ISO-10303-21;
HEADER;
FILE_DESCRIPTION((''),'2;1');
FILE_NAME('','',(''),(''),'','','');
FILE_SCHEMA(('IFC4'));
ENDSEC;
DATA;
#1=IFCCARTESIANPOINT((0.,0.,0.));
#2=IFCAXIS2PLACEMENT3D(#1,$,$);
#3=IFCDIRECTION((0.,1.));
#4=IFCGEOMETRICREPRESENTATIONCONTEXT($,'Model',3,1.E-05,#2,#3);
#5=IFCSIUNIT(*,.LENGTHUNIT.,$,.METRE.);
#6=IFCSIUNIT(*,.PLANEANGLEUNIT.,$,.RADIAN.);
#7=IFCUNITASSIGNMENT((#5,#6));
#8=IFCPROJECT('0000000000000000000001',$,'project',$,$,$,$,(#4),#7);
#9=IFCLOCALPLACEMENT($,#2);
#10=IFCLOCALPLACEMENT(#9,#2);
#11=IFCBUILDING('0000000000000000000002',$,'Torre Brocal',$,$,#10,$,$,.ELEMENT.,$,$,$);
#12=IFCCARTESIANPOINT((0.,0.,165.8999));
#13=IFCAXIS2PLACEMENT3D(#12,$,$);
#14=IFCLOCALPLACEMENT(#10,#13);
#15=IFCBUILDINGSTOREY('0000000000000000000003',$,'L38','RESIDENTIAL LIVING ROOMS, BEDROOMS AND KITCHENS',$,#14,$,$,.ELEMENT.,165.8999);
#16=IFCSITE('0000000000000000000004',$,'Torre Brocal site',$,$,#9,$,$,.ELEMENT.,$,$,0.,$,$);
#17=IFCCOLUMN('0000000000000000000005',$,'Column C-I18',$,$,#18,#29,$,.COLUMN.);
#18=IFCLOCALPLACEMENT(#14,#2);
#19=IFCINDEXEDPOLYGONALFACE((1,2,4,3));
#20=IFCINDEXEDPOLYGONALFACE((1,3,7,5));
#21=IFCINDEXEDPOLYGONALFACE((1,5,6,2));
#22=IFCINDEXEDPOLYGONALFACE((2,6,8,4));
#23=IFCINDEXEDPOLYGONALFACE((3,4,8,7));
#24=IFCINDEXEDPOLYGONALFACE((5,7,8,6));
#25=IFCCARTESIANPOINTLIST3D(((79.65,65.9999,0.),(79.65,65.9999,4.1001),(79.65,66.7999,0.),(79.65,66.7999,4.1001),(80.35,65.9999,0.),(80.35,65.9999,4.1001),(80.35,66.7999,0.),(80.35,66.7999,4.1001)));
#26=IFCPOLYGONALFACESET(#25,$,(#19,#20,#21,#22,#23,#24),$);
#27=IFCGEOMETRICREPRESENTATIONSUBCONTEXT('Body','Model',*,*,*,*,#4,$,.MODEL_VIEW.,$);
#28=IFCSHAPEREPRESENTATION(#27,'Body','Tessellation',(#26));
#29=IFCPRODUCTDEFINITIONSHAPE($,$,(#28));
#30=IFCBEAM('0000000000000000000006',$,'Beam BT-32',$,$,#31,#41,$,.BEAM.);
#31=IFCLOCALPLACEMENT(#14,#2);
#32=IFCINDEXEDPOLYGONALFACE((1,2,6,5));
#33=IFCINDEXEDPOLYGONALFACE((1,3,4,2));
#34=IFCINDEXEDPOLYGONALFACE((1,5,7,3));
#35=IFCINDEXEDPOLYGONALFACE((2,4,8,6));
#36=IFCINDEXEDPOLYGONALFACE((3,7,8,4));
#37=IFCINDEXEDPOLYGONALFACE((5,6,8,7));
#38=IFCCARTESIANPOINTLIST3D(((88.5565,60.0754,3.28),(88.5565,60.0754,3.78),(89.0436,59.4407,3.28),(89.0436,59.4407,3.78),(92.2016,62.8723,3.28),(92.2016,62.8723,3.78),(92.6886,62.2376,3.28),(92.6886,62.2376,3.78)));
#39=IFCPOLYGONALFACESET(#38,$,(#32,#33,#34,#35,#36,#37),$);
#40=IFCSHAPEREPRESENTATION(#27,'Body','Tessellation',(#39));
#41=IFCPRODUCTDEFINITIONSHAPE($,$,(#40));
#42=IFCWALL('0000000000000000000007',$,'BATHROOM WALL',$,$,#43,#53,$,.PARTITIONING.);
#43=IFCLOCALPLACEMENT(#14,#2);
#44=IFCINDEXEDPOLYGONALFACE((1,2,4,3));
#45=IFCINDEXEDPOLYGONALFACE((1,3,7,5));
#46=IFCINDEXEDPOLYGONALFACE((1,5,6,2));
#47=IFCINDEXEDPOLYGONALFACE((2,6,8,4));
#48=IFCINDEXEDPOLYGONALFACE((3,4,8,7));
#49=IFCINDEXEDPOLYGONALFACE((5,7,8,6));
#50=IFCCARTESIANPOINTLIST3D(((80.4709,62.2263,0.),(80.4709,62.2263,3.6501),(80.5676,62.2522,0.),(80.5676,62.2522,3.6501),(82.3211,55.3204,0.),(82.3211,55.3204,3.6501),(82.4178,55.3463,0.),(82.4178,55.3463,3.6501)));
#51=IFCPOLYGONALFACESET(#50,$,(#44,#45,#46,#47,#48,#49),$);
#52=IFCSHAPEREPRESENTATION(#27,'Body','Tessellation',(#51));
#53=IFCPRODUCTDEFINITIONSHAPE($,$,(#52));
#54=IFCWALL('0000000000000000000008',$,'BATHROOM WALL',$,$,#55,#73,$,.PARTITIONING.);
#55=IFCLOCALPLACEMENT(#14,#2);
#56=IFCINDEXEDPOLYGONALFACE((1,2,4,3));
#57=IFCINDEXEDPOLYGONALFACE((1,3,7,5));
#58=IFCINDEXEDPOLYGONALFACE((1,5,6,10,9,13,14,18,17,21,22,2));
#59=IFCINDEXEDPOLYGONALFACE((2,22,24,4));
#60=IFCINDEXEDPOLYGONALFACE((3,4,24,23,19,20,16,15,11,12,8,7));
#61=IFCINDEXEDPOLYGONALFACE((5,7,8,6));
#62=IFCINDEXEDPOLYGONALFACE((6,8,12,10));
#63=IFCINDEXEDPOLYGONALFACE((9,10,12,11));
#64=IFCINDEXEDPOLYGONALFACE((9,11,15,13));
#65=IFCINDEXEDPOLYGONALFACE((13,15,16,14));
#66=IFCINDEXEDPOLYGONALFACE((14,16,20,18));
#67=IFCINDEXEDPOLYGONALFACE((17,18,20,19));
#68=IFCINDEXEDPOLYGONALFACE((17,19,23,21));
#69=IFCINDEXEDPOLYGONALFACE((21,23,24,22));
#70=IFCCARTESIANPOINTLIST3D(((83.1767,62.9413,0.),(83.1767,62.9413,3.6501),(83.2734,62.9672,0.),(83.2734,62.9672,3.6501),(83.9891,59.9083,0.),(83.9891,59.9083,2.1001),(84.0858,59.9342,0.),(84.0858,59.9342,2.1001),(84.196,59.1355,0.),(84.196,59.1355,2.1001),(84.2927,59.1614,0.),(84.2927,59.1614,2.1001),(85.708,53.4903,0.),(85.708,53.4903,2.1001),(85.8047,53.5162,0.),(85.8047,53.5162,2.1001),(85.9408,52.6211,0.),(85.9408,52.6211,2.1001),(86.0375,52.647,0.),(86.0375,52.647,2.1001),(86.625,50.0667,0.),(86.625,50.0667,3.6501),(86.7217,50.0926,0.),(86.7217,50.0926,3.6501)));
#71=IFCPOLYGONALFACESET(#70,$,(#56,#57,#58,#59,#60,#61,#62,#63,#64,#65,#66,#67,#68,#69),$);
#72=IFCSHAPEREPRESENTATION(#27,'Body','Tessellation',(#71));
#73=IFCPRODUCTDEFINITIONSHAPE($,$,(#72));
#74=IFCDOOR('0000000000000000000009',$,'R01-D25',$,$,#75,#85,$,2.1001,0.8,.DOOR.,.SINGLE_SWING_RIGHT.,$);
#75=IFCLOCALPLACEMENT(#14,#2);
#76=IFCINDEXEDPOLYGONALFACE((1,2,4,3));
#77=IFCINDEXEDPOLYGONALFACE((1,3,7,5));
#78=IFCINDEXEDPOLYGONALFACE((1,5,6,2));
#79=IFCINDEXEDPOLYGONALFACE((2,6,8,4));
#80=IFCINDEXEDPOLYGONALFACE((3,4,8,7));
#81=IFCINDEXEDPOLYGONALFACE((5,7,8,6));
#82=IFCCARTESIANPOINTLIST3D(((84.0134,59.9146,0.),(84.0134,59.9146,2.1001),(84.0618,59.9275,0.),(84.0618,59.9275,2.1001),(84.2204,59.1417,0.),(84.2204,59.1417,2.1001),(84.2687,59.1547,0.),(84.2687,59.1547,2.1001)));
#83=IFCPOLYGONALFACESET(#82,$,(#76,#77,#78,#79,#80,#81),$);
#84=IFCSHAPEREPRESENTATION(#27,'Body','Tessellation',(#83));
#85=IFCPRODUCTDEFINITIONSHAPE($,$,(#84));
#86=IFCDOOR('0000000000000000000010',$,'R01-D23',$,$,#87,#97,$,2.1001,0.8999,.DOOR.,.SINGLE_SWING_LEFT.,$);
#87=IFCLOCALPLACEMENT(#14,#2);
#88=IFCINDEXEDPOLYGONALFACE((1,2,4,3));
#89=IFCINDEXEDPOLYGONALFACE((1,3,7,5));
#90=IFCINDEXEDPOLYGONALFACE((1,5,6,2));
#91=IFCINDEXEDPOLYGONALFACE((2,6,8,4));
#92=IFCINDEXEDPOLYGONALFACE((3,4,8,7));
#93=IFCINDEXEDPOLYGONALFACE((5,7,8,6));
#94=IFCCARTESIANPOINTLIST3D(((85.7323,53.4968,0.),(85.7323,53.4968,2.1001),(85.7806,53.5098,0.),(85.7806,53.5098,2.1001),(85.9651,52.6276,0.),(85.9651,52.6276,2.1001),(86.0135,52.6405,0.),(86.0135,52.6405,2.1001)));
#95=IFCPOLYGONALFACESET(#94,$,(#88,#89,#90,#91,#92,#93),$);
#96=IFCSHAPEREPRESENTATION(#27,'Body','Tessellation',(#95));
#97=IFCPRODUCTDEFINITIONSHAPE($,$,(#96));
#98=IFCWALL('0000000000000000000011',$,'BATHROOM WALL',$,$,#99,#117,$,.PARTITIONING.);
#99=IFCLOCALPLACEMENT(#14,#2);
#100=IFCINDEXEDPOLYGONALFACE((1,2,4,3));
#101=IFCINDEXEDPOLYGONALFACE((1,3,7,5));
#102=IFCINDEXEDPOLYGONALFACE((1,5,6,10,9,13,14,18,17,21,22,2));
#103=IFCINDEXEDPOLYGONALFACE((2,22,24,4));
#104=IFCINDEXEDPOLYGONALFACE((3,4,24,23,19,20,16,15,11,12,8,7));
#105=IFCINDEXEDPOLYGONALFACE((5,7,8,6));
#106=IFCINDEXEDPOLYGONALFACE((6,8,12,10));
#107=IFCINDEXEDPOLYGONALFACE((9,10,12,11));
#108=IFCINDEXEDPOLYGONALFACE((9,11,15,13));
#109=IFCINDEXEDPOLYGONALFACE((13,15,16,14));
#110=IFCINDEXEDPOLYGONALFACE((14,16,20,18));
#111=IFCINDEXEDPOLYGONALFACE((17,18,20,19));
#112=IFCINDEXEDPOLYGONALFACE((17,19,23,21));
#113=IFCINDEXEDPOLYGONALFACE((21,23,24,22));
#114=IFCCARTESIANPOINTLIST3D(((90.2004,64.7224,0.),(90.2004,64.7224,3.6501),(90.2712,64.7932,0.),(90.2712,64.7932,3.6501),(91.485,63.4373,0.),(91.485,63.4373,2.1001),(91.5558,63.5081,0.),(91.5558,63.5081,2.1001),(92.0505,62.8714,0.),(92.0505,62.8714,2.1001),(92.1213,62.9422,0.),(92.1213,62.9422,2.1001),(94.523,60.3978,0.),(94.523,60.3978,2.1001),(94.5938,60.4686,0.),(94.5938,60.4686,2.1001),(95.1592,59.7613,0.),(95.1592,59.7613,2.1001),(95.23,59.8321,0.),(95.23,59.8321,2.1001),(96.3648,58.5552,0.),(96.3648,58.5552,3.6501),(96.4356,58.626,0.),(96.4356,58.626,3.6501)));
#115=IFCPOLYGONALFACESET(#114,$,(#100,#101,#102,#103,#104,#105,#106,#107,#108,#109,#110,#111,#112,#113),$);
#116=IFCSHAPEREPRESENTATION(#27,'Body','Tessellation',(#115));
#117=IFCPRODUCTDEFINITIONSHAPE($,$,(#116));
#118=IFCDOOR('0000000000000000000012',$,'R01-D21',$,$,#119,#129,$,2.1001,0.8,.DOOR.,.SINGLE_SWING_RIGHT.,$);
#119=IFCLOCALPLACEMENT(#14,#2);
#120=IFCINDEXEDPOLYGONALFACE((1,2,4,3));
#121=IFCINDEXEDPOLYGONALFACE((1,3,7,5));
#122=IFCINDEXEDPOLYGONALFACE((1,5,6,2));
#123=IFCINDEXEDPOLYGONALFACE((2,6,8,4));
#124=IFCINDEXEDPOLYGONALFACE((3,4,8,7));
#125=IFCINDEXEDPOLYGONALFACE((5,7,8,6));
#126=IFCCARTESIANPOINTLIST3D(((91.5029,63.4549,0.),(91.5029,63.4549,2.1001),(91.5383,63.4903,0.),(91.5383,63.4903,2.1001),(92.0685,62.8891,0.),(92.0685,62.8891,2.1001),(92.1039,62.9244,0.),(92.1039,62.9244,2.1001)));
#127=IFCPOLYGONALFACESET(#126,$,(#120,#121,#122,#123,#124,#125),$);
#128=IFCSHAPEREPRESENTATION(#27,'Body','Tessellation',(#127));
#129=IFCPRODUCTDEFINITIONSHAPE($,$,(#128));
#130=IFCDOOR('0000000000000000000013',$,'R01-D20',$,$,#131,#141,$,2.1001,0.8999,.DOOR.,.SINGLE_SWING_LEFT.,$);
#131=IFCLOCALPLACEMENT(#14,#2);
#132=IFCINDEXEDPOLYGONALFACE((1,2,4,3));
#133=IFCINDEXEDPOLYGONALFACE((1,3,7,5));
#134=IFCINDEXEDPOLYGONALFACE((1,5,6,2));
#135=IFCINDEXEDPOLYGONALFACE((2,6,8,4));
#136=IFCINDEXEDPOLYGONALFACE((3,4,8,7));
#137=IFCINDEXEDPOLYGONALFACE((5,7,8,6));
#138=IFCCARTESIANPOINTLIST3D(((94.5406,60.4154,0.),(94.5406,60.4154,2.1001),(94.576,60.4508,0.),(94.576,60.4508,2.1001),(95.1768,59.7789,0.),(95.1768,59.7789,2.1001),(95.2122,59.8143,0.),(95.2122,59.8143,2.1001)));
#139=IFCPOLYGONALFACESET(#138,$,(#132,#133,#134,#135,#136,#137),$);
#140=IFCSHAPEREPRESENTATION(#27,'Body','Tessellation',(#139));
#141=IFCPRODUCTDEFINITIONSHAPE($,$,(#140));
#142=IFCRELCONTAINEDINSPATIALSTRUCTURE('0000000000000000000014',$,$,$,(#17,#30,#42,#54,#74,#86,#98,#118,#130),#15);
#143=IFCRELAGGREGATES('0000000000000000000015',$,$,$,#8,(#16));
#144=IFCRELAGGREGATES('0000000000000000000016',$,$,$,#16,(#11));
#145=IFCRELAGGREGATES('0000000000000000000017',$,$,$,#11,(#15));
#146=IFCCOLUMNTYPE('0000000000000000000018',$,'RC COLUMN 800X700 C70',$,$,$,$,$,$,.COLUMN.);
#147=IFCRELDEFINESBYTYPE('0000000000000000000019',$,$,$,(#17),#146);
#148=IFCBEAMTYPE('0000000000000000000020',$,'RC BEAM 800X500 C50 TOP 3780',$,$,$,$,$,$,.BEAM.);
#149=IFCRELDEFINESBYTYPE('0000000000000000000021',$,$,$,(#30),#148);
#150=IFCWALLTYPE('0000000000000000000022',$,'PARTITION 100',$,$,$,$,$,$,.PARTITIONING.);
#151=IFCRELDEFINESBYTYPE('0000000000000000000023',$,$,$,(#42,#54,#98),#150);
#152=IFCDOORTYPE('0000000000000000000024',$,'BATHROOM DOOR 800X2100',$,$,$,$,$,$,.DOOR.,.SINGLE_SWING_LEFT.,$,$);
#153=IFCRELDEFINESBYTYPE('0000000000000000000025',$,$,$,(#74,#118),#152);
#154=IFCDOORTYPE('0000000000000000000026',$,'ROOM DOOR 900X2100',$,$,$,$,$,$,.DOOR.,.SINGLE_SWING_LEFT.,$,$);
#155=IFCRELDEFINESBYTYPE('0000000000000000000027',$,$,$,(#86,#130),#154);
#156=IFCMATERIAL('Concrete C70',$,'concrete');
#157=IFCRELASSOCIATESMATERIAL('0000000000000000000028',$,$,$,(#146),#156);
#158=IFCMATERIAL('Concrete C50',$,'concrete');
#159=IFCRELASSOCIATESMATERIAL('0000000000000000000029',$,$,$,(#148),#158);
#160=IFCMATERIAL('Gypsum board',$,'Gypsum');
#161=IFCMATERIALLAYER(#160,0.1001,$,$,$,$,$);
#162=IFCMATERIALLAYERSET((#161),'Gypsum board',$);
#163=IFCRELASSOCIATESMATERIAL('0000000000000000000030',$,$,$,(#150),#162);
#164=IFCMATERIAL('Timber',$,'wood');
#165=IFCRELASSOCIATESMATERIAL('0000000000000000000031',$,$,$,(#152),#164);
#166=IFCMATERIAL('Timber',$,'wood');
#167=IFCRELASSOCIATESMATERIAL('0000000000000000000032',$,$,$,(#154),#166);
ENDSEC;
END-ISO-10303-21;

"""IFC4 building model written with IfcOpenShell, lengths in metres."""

from ifc_helpers import new_model, si_unit, direction, frame, frame_2d, origin, origin_2d, place, context, subcontext, project, spatial, rectangle, extrude, material, layer, layer_set, material_profile, profile_set, type_object, element, fill, save


model = new_model("IFC4")

# Units and contexts
model_context = context("Model", 3, precision=1e-05, world=origin(), true_north=direction((0.0, 1.0)))
body_context = subcontext(model_context, "Body", "Model", "MODEL_VIEW")
ifc_project = project(units=[si_unit("LENGTHUNIT", "METRE"), si_unit("PLANEANGLEUNIT", "RADIAN")], contexts=[model_context])

# Site, building, storey
site_placement = place(None, origin())
site = spatial("IfcSite", under=ifc_project, at=site_placement, Name="Torre Brocal site", CompositionType="ELEMENT", RefElevation=0.0)
building_placement = place(site_placement, origin())
building = spatial("IfcBuilding", under=site, at=building_placement, Name="Torre Brocal", CompositionType="ELEMENT")
storey_placement = place(building_placement, frame((0.0, 0.0, 165.8999)))
storey = spatial("IfcBuildingStorey", under=building, at=storey_placement, Name="L38", Description="RESIDENTIAL LIVING ROOMS, BEDROOMS AND KITCHENS", CompositionType="ELEMENT", Elevation=165.8999)

# Column
ifc_material_1 = material(Name="Concrete C70", Category="concrete")
ifc_material_profile_1 = material_profile(ifc_material_1, rectangle(XDim=0.8, YDim=0.7, at=origin_2d()), Name="RC 800X700")
ifc_profile_set_1 = profile_set([ifc_material_profile_1], Name="Concrete C70")
column_type = type_object("IfcColumnType", Name="RC COLUMN 800X700 C70", PredefinedType="COLUMN", material=ifc_profile_set_1)
column_placement = place(storey_placement, frame((80.0, 66.3999, 0.0), z_axis=(0.0, 0.0, 1.0), x_axis=(0.0, -1.0, 0.0)))
element("IfcColumn", 1, at=column_placement, inside=storey, type_object=column_type, Name="Column C-I18", PredefinedType="COLUMN", context=body_context, shape_type="SweptSolid", body=[
    extrude(rectangle(XDim=0.8, YDim=0.7, at=origin_2d()), origin(), (0.0, 0.0, 1.0), 4.1001),
])

# Beam
ifc_material_2 = material(Name="Concrete C50", Category="concrete")
ifc_material_profile_2 = material_profile(ifc_material_2, rectangle(XDim=0.8, YDim=0.5, at=origin_2d()), Name="RC 800X500")
ifc_profile_set_2 = profile_set([ifc_material_profile_2], Name="Concrete C50")
beam_type = type_object("IfcBeamType", Name="RC BEAM 800X500 C50 TOP 3780", PredefinedType="BEAM", material=ifc_profile_set_2)
beam_placement = place(storey_placement, frame((88.8, 59.7581, 3.53), z_axis=(0.793358, 0.608755, 0.0), x_axis=(-0.608755, 0.793358, 0.0)))
element("IfcBeam", 2, at=beam_placement, inside=storey, type_object=beam_type, Name="Beam BT-32", PredefinedType="BEAM", context=body_context, shape_type="SweptSolid", body=[
    extrude(rectangle(XDim=0.8, YDim=0.5, at=origin_2d()), origin(), (0.0, 0.0, 1.0), 4.5945),
])

# Wall
ifc_material_3 = material(Name="Gypsum board", Category="Gypsum")
ifc_layer_1 = layer(ifc_material_3, 0.1001)
ifc_layer_set_1 = layer_set([ifc_layer_1], Name="Gypsum board")
wall_type_1 = type_object("IfcWallType", Name="PARTITION 100", PredefinedType="PARTITIONING", material=ifc_layer_set_1)
wall_1_placement = place(storey_placement, frame((80.5193, 62.2393, 0.0), z_axis=(0.0, 0.0, 1.0), x_axis=(0.25878, -0.965936, 0.0)))
element("IfcWall", 3, at=wall_1_placement, inside=storey, type_object=wall_type_1, Name="BATHROOM WALL", PredefinedType="PARTITIONING", context=body_context, shape_type="SweptSolid", body=[
    extrude(rectangle(XDim=7.1494, YDim=0.1001, at=frame_2d((3.5747, 0.0))), origin(), (0.0, 0.0, 1.0), 3.6501),
])

# Walls, openings, doors
wall_2_placement = place(storey_placement, frame((83.2251, 62.9541, 0.0), z_axis=(0.0, 0.0, 1.0), x_axis=(0.258716, -0.965953, 0.0)))
wall_2 = element("IfcWall", 4, at=wall_2_placement, inside=storey, type_object=wall_type_1, Name="BATHROOM WALL", PredefinedType="PARTITIONING", context=body_context, shape_type="SweptSolid", body=[
    extrude(rectangle(XDim=13.3284, YDim=0.1001, at=frame_2d((6.6641, 0.0))), origin(), (0.0, 0.0, 1.0), 3.6501),
])
opening_1_placement = place(wall_2_placement, frame((9.7839, 0.0, 0.0)))
opening_1 = element("IfcOpeningElement", 5, at=opening_1_placement, cuts=wall_2, PredefinedType="OPENING", context=body_context, shape_type="SweptSolid", body=[
    extrude(rectangle(XDim=0.8999, YDim=2.1001, at=frame_2d((0.45, 1.05))), frame((0.0, 0.0601, 0.0), z_axis=(0.0, -1.0, 0.0), x_axis=(1.0, 0.0, 0.0)), (0.0, 0.0, 1.0), 0.1201),
])
opening_2_placement = place(wall_2_placement, frame((3.1399, 0.0, 0.0)))
opening_2 = element("IfcOpeningElement", 6, at=opening_2_placement, cuts=wall_2, PredefinedType="OPENING", context=body_context, shape_type="SweptSolid", body=[
    extrude(rectangle(XDim=0.8, YDim=2.1001, at=frame_2d((0.3999, 1.05))), frame((0.0, 0.0601, 0.0), z_axis=(0.0, -1.0, 0.0), x_axis=(1.0, 0.0, 0.0)), (0.0, 0.0, 1.0), 0.1201),
])
ifc_material_4 = material(Name="Timber", Category="wood")
door_type_1 = type_object("IfcDoorType", Name="BATHROOM DOOR 800X2100", OperationType="SINGLE_SWING_LEFT", PredefinedType="DOOR", material=ifc_material_4)
door_1_placement = place(opening_2_placement, frame((0.8, 0.0, 0.0), z_axis=(0.0, 0.0, 1.0), x_axis=(-1.0, 0.0, 0.0)))
door_1 = element("IfcDoor", 7, at=door_1_placement, inside=storey, type_object=door_type_1, Name="R01-D25", OperationType="SINGLE_SWING_RIGHT", OverallHeight=2.1001, OverallWidth=0.8, PredefinedType="DOOR", context=body_context, shape_type="SweptSolid", body=[
    extrude(rectangle(XDim=0.8, YDim=2.1001, at=frame_2d((0.3999, 1.05))), frame((0.0, 0.0249, 0.0), z_axis=(0.0, -1.0, 0.0), x_axis=(1.0, 0.0, 0.0)), (0.0, 0.0, 1.0), 0.05),
])
fill(opening_2, door_1)
ifc_material_5 = material(Name="Timber", Category="wood")
door_type_2 = type_object("IfcDoorType", Name="ROOM DOOR 900X2100", OperationType="SINGLE_SWING_LEFT", PredefinedType="DOOR", material=ifc_material_5)
door_2_placement = place(opening_1_placement, frame((0.8999, 0.0, 0.0), z_axis=(0.0, 0.0, 1.0), x_axis=(-1.0, 0.0, 0.0)))
door_2 = element("IfcDoor", 8, at=door_2_placement, inside=storey, type_object=door_type_2, Name="R01-D23", OperationType="SINGLE_SWING_LEFT", OverallHeight=2.1001, OverallWidth=0.8999, PredefinedType="DOOR", context=body_context, shape_type="SweptSolid", body=[
    extrude(rectangle(XDim=0.8999, YDim=2.1001, at=frame_2d((0.45, 1.05))), frame((0.0, 0.0249, 0.0), z_axis=(0.0, -1.0, 0.0), x_axis=(1.0, 0.0, 0.0)), (0.0, 0.0, 1.0), 0.05),
])
fill(opening_1, door_2)
wall_3_placement = place(storey_placement, frame((90.2358, 64.7578, 0.0), z_axis=(0.0, 0.0, 1.0), x_axis=(0.706939, -0.707275, 0.0)))
wall_3 = element("IfcWall", 9, at=wall_3_placement, inside=storey, type_object=wall_type_1, Name="BATHROOM WALL", PredefinedType="PARTITIONING", context=body_context, shape_type="SweptSolid", body=[
    extrude(rectangle(XDim=8.7197, YDim=0.1001, at=frame_2d((4.3599, 0.0))), origin(), (0.0, 0.0, 1.0), 3.6501),
])
opening_3_placement = place(wall_3_placement, frame((6.1145, 0.0, 0.0)))
opening_3 = element("IfcOpeningElement", 10, at=opening_3_placement, cuts=wall_3, PredefinedType="OPENING", context=body_context, shape_type="SweptSolid", body=[
    extrude(rectangle(XDim=0.8999, YDim=2.1001, at=frame_2d((0.45, 1.05))), frame((0.0, 0.0601, 0.0), z_axis=(0.0, -1.0, 0.0), x_axis=(1.0, 0.0, 0.0)), (0.0, 0.0, 1.0), 0.1201),
])
opening_4_placement = place(wall_3_placement, frame((1.8171, 0.0, 0.0)))
opening_4 = element("IfcOpeningElement", 11, at=opening_4_placement, cuts=wall_3, PredefinedType="OPENING", context=body_context, shape_type="SweptSolid", body=[
    extrude(rectangle(XDim=0.8, YDim=2.1001, at=frame_2d((0.3999, 1.05))), frame((0.0, 0.0601, 0.0), z_axis=(0.0, -1.0, 0.0), x_axis=(1.0, 0.0, 0.0)), (0.0, 0.0, 1.0), 0.1201),
])
door_3_placement = place(opening_4_placement, frame((0.8, 0.0, 0.0), z_axis=(0.0, 0.0, 1.0), x_axis=(-1.0, 0.0, 0.0)))
door_3 = element("IfcDoor", 12, at=door_3_placement, inside=storey, type_object=door_type_1, Name="R01-D21", OperationType="SINGLE_SWING_RIGHT", OverallHeight=2.1001, OverallWidth=0.8, PredefinedType="DOOR", context=body_context, shape_type="SweptSolid", body=[
    extrude(rectangle(XDim=0.8, YDim=2.1001, at=frame_2d((0.3999, 1.05))), frame((0.0, 0.0249, 0.0), z_axis=(0.0, -1.0, 0.0), x_axis=(1.0, 0.0, 0.0)), (0.0, 0.0, 1.0), 0.05),
])
fill(opening_4, door_3)
door_4_placement = place(opening_3_placement, origin())
door_4 = element("IfcDoor", 13, at=door_4_placement, inside=storey, type_object=door_type_2, Name="R01-D20", OperationType="SINGLE_SWING_LEFT", OverallHeight=2.1001, OverallWidth=0.8999, PredefinedType="DOOR", context=body_context, shape_type="SweptSolid", body=[
    extrude(rectangle(XDim=0.8999, YDim=2.1001, at=frame_2d((0.45, 1.05))), frame((0.0, 0.0249, 0.0), z_axis=(0.0, -1.0, 0.0), x_axis=(1.0, 0.0, 0.0)), (0.0, 0.0, 1.0), 0.05),
])
fill(opening_3, door_4)

save(model, "model.ifc")
